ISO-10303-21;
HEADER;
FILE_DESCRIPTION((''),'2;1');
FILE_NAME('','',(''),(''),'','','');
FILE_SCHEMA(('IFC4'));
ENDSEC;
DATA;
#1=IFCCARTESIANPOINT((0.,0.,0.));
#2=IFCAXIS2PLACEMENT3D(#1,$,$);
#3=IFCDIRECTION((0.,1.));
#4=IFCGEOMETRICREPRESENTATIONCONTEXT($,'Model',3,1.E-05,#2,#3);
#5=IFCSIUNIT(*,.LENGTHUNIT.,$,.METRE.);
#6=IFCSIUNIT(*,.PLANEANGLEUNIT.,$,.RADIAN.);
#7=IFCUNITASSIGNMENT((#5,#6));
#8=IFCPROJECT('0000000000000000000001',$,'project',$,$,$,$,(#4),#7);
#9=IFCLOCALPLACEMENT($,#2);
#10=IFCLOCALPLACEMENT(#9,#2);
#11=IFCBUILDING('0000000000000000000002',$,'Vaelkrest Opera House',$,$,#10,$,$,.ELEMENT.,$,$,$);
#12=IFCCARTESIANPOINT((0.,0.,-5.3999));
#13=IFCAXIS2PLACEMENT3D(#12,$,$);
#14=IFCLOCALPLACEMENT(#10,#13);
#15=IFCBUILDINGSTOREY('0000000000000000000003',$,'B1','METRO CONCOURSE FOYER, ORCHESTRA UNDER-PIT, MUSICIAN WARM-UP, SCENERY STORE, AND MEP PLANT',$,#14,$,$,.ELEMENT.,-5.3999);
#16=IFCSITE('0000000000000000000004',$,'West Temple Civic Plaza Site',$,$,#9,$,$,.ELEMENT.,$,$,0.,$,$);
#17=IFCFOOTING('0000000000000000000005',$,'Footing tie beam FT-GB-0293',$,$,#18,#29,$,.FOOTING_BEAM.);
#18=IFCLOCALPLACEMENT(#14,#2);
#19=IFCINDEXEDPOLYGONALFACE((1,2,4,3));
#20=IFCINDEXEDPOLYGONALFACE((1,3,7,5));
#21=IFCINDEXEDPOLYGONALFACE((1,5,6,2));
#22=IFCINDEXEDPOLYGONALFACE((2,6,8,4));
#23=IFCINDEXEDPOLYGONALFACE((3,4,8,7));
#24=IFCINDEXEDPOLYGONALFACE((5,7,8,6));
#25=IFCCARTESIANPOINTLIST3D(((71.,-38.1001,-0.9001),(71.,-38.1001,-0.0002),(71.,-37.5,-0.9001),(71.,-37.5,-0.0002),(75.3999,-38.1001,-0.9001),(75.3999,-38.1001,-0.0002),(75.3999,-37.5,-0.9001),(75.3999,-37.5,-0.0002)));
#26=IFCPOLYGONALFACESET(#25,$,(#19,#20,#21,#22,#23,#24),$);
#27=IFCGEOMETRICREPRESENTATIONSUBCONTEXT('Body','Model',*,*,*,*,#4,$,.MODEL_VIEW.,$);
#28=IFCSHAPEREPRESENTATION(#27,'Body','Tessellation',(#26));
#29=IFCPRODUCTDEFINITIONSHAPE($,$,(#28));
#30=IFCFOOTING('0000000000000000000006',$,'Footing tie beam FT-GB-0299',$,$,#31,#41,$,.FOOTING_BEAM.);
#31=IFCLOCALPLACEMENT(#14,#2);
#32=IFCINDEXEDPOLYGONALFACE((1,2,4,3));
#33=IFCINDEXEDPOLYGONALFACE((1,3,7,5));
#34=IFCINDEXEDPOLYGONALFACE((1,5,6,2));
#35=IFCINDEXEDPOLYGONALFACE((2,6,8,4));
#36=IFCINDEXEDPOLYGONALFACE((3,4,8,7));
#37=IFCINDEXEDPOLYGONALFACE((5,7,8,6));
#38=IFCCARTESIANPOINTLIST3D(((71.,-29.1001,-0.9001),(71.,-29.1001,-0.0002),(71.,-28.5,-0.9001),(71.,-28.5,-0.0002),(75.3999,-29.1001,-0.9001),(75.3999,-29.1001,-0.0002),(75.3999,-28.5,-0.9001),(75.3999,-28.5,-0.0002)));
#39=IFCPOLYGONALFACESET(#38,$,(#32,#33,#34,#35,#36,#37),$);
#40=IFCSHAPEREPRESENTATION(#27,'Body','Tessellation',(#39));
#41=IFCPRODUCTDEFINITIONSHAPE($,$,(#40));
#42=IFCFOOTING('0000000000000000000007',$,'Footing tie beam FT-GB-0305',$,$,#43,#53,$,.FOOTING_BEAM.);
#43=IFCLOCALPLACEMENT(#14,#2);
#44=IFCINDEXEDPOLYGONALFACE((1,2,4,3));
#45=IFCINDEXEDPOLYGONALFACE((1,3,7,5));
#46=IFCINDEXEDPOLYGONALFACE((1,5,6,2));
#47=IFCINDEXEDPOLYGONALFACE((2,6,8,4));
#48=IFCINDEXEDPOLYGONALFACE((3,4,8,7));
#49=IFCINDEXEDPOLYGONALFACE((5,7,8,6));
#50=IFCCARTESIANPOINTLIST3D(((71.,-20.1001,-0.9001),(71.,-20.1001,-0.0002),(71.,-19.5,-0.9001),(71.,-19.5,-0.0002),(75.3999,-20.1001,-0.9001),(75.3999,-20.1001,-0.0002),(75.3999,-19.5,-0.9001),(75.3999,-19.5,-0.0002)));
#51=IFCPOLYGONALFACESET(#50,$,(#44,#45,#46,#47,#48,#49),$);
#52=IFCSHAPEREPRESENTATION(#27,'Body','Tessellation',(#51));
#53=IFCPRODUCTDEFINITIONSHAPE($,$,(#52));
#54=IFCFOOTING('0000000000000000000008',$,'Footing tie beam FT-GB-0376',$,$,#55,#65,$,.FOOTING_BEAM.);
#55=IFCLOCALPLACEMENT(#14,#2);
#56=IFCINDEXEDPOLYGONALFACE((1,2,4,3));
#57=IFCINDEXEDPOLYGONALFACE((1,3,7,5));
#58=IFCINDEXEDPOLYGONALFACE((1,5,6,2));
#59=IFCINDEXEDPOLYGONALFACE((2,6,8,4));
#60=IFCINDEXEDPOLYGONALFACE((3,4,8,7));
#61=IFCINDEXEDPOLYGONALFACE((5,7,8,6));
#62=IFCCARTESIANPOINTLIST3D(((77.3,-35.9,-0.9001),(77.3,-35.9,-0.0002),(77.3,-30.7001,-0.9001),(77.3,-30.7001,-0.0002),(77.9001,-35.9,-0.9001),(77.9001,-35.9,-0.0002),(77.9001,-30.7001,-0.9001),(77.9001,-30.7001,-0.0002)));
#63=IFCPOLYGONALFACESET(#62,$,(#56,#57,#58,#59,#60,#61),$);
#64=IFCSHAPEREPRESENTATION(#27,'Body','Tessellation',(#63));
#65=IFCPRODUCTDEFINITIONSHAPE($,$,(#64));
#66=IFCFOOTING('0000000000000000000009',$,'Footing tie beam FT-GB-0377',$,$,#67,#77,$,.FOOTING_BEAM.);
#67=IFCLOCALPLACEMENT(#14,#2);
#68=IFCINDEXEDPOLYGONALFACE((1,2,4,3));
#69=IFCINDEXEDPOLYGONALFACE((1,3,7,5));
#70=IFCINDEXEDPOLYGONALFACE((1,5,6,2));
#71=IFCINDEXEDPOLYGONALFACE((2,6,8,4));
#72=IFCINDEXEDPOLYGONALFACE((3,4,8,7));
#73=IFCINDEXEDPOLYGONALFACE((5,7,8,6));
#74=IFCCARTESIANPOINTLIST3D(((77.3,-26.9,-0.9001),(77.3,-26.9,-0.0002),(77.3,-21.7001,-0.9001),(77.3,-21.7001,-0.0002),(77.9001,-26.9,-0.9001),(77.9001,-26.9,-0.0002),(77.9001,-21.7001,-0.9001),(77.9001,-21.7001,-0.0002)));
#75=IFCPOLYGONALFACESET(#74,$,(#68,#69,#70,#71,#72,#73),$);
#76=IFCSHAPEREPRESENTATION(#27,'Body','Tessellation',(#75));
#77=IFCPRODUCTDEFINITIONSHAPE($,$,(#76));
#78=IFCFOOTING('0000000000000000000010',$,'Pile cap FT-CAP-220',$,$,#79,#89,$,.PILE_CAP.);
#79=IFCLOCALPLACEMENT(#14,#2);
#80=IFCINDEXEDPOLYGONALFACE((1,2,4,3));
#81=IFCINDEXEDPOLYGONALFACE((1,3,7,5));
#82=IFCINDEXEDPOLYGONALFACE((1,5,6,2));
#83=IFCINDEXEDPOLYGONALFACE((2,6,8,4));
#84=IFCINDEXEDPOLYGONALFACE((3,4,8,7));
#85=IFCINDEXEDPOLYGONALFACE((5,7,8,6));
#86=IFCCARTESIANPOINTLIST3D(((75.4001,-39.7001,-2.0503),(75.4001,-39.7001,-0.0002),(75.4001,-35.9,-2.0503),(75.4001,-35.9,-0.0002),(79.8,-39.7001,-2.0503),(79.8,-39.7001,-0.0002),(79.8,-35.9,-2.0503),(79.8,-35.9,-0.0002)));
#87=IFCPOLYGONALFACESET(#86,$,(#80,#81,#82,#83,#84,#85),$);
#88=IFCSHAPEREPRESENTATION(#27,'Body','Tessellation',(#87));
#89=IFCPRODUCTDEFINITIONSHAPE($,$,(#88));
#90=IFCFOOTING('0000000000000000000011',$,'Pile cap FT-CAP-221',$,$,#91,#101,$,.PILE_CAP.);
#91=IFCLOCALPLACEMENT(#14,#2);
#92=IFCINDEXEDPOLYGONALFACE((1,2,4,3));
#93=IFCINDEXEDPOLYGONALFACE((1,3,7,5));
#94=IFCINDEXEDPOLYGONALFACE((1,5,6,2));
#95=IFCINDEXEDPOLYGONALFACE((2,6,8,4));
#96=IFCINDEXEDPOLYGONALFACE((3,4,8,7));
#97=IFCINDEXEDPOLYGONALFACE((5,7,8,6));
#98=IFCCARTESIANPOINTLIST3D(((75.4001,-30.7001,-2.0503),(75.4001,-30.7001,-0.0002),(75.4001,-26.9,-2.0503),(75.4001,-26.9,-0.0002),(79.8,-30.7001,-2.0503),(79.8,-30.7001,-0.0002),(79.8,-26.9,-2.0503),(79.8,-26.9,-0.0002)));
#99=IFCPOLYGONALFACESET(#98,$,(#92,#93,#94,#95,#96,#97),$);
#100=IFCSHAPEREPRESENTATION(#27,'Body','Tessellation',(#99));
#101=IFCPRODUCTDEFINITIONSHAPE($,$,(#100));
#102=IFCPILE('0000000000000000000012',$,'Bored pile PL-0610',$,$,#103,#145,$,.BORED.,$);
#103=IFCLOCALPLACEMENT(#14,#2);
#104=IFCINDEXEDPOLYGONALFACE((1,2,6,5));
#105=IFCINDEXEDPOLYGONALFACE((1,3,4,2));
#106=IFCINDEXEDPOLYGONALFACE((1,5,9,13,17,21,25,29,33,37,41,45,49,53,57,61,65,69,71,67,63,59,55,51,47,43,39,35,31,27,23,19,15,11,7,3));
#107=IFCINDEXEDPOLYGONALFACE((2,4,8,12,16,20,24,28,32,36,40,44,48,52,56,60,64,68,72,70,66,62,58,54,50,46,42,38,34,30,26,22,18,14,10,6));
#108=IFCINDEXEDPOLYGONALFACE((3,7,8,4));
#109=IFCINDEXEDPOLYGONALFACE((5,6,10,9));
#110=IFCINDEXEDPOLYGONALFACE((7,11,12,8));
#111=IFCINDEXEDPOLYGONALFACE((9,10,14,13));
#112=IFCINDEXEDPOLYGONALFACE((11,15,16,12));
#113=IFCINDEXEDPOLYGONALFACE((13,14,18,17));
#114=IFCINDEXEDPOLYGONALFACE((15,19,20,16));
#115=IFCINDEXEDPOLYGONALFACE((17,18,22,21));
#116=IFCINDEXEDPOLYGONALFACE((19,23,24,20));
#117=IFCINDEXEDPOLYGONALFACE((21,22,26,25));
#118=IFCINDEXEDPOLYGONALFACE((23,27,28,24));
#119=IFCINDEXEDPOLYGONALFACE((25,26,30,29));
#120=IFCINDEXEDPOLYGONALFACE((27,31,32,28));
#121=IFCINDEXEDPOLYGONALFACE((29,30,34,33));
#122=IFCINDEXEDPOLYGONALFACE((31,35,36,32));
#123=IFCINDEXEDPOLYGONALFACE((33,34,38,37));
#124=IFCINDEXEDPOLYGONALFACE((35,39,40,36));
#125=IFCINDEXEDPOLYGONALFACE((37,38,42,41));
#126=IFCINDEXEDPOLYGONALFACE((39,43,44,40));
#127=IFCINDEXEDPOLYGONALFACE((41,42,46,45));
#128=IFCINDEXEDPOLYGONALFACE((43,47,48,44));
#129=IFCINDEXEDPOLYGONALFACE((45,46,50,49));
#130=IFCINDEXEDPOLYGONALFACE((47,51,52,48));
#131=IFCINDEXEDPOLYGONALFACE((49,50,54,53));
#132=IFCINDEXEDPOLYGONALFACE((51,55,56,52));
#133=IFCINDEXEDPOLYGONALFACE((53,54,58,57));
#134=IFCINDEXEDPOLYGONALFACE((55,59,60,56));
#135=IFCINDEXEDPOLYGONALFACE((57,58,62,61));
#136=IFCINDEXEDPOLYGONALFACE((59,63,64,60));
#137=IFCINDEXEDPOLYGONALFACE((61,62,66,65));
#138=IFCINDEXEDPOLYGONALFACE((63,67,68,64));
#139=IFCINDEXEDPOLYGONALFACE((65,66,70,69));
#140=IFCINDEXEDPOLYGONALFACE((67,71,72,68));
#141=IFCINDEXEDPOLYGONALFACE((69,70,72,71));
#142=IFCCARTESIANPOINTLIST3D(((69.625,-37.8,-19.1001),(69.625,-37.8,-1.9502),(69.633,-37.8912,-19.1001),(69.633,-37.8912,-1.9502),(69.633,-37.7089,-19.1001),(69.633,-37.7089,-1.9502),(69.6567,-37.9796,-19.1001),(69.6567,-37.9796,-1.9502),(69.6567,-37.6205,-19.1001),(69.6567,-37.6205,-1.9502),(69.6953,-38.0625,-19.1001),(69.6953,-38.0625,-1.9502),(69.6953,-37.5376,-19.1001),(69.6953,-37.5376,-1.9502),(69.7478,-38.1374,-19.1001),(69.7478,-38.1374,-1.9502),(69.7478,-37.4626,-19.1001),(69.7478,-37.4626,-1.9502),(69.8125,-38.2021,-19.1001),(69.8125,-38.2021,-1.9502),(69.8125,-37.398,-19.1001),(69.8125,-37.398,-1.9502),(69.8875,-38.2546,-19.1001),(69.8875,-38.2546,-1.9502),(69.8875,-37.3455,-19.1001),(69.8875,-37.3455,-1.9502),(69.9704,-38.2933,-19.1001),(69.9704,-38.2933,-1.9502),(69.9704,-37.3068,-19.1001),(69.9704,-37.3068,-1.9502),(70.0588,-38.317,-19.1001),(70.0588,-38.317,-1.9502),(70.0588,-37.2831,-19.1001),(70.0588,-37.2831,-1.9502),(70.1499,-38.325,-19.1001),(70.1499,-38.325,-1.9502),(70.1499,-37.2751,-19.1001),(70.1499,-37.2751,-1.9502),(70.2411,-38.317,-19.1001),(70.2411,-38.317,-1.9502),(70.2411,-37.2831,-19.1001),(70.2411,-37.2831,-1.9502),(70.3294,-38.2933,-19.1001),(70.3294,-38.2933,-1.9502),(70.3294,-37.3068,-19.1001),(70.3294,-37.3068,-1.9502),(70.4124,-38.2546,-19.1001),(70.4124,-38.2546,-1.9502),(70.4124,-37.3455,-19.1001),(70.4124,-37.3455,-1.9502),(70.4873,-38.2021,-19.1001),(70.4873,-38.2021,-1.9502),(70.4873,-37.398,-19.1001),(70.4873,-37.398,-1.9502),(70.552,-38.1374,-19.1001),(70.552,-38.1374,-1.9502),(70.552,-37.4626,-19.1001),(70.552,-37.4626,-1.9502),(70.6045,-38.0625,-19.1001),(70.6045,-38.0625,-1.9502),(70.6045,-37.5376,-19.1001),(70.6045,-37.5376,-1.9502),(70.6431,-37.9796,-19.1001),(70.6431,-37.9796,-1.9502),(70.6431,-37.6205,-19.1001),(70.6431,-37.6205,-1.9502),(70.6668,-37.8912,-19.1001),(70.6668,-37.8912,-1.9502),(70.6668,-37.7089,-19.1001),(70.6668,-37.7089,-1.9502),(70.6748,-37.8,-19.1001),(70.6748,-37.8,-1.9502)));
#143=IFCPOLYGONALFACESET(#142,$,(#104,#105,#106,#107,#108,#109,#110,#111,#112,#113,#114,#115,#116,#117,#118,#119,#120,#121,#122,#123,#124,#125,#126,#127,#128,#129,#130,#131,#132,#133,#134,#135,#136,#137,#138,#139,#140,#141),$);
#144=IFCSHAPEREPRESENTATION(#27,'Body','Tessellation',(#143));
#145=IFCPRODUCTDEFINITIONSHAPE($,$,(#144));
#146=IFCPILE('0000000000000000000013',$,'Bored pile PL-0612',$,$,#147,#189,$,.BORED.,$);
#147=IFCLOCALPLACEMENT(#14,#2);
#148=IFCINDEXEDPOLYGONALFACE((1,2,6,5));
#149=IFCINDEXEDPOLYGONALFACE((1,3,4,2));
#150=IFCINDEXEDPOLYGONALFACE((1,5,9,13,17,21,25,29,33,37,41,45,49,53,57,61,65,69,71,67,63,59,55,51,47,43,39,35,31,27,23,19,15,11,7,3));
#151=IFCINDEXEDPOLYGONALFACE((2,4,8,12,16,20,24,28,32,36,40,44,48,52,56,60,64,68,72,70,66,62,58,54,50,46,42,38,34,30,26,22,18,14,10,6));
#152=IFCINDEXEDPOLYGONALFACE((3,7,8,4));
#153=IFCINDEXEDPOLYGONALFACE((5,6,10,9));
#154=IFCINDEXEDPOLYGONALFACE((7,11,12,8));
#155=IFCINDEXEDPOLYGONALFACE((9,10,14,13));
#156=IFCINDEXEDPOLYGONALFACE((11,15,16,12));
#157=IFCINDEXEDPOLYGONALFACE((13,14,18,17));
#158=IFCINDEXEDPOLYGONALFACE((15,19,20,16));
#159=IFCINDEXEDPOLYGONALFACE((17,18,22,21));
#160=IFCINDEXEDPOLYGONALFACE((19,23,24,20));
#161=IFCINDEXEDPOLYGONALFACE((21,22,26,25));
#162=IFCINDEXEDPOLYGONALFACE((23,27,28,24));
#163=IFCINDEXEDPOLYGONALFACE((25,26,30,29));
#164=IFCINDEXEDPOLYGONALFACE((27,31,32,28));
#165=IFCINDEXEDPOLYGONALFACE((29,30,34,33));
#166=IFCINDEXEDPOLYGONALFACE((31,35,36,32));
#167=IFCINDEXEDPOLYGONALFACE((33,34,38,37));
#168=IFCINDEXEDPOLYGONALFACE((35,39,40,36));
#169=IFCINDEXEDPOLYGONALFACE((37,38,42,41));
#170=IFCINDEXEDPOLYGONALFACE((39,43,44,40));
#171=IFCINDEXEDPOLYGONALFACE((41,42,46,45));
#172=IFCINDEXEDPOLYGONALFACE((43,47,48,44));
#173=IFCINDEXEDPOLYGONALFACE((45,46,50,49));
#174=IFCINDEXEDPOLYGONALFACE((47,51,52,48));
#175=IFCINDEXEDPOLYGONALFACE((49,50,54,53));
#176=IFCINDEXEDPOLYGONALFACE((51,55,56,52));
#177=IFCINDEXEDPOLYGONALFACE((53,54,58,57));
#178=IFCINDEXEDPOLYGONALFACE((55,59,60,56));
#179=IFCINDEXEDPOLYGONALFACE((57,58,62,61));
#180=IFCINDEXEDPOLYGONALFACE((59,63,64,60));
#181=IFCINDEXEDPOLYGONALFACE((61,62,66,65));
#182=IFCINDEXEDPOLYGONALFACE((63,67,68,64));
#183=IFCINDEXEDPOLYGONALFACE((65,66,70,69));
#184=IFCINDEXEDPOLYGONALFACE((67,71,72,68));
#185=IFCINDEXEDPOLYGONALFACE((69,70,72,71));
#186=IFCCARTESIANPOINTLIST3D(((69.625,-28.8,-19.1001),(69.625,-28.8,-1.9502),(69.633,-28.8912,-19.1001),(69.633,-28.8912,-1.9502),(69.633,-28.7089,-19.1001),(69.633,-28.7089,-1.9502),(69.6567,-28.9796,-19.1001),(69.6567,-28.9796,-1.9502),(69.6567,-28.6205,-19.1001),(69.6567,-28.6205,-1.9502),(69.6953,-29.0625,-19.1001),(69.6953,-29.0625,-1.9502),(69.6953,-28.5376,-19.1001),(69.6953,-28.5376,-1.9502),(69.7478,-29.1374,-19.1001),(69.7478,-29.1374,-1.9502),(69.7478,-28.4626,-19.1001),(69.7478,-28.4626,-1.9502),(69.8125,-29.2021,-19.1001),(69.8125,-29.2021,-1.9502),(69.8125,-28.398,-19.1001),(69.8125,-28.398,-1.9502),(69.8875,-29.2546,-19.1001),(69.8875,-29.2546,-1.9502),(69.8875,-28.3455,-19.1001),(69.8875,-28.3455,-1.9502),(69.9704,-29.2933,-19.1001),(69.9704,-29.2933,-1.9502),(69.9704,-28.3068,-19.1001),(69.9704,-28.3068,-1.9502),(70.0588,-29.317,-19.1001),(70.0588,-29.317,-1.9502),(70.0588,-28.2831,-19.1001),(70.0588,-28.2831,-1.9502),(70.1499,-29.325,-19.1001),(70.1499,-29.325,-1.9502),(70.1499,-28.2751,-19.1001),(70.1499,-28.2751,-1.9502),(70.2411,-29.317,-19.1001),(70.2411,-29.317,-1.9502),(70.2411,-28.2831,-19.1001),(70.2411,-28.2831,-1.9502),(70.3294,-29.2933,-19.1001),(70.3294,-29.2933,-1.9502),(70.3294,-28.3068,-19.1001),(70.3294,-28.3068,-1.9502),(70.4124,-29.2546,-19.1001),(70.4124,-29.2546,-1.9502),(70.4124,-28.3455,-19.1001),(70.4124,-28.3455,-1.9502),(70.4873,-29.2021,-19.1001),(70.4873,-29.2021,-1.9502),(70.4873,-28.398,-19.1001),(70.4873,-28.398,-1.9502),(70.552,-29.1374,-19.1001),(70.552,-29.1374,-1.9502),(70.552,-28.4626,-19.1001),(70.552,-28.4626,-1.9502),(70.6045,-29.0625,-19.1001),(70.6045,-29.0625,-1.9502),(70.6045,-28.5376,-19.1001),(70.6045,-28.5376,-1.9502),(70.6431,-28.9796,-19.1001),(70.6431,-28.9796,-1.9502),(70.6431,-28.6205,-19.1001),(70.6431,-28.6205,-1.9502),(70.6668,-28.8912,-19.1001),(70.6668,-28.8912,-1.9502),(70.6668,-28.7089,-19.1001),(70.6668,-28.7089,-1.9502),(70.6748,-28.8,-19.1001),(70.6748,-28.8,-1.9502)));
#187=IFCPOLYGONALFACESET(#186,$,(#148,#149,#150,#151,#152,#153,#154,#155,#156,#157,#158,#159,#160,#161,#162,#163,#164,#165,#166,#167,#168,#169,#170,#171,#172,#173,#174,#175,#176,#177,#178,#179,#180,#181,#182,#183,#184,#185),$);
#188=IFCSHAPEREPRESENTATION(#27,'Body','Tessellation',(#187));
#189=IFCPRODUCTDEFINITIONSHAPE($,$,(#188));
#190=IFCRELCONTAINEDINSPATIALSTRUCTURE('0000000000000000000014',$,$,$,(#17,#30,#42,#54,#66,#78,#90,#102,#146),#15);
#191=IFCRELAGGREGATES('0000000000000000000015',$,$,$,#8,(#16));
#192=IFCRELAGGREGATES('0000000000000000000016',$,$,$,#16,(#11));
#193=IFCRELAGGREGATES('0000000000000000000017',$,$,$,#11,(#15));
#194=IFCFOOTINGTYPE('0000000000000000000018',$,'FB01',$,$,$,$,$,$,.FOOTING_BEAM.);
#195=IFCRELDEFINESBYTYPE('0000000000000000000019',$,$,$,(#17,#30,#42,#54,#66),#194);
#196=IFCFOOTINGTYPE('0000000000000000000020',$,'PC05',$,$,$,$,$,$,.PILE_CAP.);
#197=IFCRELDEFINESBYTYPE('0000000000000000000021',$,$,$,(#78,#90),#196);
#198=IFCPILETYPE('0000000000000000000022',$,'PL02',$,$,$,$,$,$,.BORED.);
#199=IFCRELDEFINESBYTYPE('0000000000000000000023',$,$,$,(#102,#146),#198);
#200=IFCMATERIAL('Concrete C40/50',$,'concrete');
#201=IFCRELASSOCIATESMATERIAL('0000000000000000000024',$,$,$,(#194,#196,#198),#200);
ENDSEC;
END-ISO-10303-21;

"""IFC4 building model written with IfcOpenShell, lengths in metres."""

from ifc_helpers import new_model, si_unit, direction, frame, origin, origin_2d, place, context, subcontext, project, spatial, rectangle, circle, extrude, material, material_profile, profile_set, type_object, element, save


model = new_model("IFC4")

# Units and contexts
model_context = context("Model", 3, precision=1e-05, world=origin(), true_north=direction((0.0, 1.0)))
body_context = subcontext(model_context, "Body", "Model", "MODEL_VIEW")
ifc_project = project(units=[si_unit("LENGTHUNIT", "METRE"), si_unit("PLANEANGLEUNIT", "RADIAN")], contexts=[model_context])

# Site, building, storey
site_placement = place(None, origin())
site = spatial("IfcSite", under=ifc_project, at=site_placement, Name="West Temple Civic Plaza Site", CompositionType="ELEMENT", RefElevation=0.0)
building_placement = place(site_placement, origin())
building = spatial("IfcBuilding", under=site, at=building_placement, Name="Vaelkrest Opera House", CompositionType="ELEMENT")
storey_placement = place(building_placement, frame((0.0, 0.0, -5.3999)))
storey = spatial("IfcBuildingStorey", under=building, at=storey_placement, Name="B1", Description="METRO CONCOURSE FOYER, ORCHESTRA UNDER-PIT, MUSICIAN WARM-UP, SCENERY STORE, AND MEP PLANT", CompositionType="ELEMENT", Elevation=-5.3999)

# Footings
ifc_material_1 = material(Name="Concrete C40/50", Category="concrete")
footing_type_1 = type_object("IfcFootingType", Name="FB01", PredefinedType="FOOTING_BEAM", material=ifc_material_1)
for number, where, z_axis, x_axis, name in (
    (1, (73.2, -37.8, -0.9001), (0.0, 0.0, 1.0), (1.0, 0.0, 0.0), "Footing tie beam FT-GB-0293"),
    (2, (73.2, -28.8, -0.9001), (0.0, 0.0, 1.0), (1.0, 0.0, 0.0), "Footing tie beam FT-GB-0299"),
    (3, (73.2, -19.8, -0.9001), (0.0, 0.0, 1.0), (1.0, 0.0, 0.0), "Footing tie beam FT-GB-0305"),
):
    element("IfcFooting", number, at=place(storey_placement, frame(where, z_axis=z_axis, x_axis=x_axis)), inside=storey, type_object=footing_type_1, Name=name, PredefinedType="FOOTING_BEAM", context=body_context, shape_type="SweptSolid", body=[
        extrude(rectangle(XDim=4.3999, YDim=0.6001, at=origin_2d()), origin(), (0.0, 0.0, 1.0), 0.8999),
    ])
for number, where, z_axis, x_axis, name in (
    (4, (77.6001, -33.3, -0.9001), (0.0, 0.0, 1.0), (0.0, 1.0, 0.0), "Footing tie beam FT-GB-0376"),
    (5, (77.6001, -24.3, -0.9001), (0.0, 0.0, 1.0), (0.0, 1.0, 0.0), "Footing tie beam FT-GB-0377"),
):
    element("IfcFooting", number, at=place(storey_placement, frame(where, z_axis=z_axis, x_axis=x_axis)), inside=storey, type_object=footing_type_1, Name=name, PredefinedType="FOOTING_BEAM", context=body_context, shape_type="SweptSolid", body=[
        extrude(rectangle(XDim=5.2, YDim=0.6001, at=origin_2d()), origin(), (0.0, 0.0, 1.0), 0.8999),
    ])
footing_type_2 = type_object("IfcFootingType", Name="PC05", PredefinedType="PILE_CAP", material=ifc_material_1)
for number, where, z_axis, x_axis, name in (
    (6, (77.6001, -37.8, -2.0503), (0.0, 0.0, 1.0), (1.0, 0.0, 0.0), "Pile cap FT-CAP-220"),
    (7, (77.6001, -28.8, -2.0503), (0.0, 0.0, 1.0), (1.0, 0.0, 0.0), "Pile cap FT-CAP-221"),
):
    element("IfcFooting", number, at=place(storey_placement, frame(where, z_axis=z_axis, x_axis=x_axis)), inside=storey, type_object=footing_type_2, Name=name, PredefinedType="PILE_CAP", context=body_context, shape_type="SweptSolid", body=[
        extrude(rectangle(XDim=4.3999, YDim=3.8, at=origin_2d()), origin(), (0.0, 0.0, 1.0), 2.05),
    ])

# Piles
ifc_material_profile_1 = material_profile(ifc_material_1, circle(Radius=0.5249, at=origin_2d()), Name="PILE1050")
ifc_profile_set_1 = profile_set([ifc_material_profile_1], Name="Concrete C40/50")
pile_type = type_object("IfcPileType", Name="PL02", PredefinedType="BORED", material=ifc_profile_set_1)
for number, where, z_axis, x_axis, name in (
    (8, (70.1499, -37.8, -1.9502), (0.0, 0.0, -1.0), (1.0, 0.0, 0.0), "Bored pile PL-0610"),
    (9, (70.1499, -28.8, -1.9502), (0.0, 0.0, -1.0), (1.0, 0.0, 0.0), "Bored pile PL-0612"),
):
    element("IfcPile", number, at=place(storey_placement, frame(where, z_axis=z_axis, x_axis=x_axis)), inside=storey, type_object=pile_type, Name=name, PredefinedType="BORED", context=body_context, shape_type="SweptSolid", body=[
        extrude(circle(Radius=0.5249, at=origin_2d()), origin(), (0.0, 0.0, 1.0), 17.1499),
    ])

save(model, "model.ifc")
